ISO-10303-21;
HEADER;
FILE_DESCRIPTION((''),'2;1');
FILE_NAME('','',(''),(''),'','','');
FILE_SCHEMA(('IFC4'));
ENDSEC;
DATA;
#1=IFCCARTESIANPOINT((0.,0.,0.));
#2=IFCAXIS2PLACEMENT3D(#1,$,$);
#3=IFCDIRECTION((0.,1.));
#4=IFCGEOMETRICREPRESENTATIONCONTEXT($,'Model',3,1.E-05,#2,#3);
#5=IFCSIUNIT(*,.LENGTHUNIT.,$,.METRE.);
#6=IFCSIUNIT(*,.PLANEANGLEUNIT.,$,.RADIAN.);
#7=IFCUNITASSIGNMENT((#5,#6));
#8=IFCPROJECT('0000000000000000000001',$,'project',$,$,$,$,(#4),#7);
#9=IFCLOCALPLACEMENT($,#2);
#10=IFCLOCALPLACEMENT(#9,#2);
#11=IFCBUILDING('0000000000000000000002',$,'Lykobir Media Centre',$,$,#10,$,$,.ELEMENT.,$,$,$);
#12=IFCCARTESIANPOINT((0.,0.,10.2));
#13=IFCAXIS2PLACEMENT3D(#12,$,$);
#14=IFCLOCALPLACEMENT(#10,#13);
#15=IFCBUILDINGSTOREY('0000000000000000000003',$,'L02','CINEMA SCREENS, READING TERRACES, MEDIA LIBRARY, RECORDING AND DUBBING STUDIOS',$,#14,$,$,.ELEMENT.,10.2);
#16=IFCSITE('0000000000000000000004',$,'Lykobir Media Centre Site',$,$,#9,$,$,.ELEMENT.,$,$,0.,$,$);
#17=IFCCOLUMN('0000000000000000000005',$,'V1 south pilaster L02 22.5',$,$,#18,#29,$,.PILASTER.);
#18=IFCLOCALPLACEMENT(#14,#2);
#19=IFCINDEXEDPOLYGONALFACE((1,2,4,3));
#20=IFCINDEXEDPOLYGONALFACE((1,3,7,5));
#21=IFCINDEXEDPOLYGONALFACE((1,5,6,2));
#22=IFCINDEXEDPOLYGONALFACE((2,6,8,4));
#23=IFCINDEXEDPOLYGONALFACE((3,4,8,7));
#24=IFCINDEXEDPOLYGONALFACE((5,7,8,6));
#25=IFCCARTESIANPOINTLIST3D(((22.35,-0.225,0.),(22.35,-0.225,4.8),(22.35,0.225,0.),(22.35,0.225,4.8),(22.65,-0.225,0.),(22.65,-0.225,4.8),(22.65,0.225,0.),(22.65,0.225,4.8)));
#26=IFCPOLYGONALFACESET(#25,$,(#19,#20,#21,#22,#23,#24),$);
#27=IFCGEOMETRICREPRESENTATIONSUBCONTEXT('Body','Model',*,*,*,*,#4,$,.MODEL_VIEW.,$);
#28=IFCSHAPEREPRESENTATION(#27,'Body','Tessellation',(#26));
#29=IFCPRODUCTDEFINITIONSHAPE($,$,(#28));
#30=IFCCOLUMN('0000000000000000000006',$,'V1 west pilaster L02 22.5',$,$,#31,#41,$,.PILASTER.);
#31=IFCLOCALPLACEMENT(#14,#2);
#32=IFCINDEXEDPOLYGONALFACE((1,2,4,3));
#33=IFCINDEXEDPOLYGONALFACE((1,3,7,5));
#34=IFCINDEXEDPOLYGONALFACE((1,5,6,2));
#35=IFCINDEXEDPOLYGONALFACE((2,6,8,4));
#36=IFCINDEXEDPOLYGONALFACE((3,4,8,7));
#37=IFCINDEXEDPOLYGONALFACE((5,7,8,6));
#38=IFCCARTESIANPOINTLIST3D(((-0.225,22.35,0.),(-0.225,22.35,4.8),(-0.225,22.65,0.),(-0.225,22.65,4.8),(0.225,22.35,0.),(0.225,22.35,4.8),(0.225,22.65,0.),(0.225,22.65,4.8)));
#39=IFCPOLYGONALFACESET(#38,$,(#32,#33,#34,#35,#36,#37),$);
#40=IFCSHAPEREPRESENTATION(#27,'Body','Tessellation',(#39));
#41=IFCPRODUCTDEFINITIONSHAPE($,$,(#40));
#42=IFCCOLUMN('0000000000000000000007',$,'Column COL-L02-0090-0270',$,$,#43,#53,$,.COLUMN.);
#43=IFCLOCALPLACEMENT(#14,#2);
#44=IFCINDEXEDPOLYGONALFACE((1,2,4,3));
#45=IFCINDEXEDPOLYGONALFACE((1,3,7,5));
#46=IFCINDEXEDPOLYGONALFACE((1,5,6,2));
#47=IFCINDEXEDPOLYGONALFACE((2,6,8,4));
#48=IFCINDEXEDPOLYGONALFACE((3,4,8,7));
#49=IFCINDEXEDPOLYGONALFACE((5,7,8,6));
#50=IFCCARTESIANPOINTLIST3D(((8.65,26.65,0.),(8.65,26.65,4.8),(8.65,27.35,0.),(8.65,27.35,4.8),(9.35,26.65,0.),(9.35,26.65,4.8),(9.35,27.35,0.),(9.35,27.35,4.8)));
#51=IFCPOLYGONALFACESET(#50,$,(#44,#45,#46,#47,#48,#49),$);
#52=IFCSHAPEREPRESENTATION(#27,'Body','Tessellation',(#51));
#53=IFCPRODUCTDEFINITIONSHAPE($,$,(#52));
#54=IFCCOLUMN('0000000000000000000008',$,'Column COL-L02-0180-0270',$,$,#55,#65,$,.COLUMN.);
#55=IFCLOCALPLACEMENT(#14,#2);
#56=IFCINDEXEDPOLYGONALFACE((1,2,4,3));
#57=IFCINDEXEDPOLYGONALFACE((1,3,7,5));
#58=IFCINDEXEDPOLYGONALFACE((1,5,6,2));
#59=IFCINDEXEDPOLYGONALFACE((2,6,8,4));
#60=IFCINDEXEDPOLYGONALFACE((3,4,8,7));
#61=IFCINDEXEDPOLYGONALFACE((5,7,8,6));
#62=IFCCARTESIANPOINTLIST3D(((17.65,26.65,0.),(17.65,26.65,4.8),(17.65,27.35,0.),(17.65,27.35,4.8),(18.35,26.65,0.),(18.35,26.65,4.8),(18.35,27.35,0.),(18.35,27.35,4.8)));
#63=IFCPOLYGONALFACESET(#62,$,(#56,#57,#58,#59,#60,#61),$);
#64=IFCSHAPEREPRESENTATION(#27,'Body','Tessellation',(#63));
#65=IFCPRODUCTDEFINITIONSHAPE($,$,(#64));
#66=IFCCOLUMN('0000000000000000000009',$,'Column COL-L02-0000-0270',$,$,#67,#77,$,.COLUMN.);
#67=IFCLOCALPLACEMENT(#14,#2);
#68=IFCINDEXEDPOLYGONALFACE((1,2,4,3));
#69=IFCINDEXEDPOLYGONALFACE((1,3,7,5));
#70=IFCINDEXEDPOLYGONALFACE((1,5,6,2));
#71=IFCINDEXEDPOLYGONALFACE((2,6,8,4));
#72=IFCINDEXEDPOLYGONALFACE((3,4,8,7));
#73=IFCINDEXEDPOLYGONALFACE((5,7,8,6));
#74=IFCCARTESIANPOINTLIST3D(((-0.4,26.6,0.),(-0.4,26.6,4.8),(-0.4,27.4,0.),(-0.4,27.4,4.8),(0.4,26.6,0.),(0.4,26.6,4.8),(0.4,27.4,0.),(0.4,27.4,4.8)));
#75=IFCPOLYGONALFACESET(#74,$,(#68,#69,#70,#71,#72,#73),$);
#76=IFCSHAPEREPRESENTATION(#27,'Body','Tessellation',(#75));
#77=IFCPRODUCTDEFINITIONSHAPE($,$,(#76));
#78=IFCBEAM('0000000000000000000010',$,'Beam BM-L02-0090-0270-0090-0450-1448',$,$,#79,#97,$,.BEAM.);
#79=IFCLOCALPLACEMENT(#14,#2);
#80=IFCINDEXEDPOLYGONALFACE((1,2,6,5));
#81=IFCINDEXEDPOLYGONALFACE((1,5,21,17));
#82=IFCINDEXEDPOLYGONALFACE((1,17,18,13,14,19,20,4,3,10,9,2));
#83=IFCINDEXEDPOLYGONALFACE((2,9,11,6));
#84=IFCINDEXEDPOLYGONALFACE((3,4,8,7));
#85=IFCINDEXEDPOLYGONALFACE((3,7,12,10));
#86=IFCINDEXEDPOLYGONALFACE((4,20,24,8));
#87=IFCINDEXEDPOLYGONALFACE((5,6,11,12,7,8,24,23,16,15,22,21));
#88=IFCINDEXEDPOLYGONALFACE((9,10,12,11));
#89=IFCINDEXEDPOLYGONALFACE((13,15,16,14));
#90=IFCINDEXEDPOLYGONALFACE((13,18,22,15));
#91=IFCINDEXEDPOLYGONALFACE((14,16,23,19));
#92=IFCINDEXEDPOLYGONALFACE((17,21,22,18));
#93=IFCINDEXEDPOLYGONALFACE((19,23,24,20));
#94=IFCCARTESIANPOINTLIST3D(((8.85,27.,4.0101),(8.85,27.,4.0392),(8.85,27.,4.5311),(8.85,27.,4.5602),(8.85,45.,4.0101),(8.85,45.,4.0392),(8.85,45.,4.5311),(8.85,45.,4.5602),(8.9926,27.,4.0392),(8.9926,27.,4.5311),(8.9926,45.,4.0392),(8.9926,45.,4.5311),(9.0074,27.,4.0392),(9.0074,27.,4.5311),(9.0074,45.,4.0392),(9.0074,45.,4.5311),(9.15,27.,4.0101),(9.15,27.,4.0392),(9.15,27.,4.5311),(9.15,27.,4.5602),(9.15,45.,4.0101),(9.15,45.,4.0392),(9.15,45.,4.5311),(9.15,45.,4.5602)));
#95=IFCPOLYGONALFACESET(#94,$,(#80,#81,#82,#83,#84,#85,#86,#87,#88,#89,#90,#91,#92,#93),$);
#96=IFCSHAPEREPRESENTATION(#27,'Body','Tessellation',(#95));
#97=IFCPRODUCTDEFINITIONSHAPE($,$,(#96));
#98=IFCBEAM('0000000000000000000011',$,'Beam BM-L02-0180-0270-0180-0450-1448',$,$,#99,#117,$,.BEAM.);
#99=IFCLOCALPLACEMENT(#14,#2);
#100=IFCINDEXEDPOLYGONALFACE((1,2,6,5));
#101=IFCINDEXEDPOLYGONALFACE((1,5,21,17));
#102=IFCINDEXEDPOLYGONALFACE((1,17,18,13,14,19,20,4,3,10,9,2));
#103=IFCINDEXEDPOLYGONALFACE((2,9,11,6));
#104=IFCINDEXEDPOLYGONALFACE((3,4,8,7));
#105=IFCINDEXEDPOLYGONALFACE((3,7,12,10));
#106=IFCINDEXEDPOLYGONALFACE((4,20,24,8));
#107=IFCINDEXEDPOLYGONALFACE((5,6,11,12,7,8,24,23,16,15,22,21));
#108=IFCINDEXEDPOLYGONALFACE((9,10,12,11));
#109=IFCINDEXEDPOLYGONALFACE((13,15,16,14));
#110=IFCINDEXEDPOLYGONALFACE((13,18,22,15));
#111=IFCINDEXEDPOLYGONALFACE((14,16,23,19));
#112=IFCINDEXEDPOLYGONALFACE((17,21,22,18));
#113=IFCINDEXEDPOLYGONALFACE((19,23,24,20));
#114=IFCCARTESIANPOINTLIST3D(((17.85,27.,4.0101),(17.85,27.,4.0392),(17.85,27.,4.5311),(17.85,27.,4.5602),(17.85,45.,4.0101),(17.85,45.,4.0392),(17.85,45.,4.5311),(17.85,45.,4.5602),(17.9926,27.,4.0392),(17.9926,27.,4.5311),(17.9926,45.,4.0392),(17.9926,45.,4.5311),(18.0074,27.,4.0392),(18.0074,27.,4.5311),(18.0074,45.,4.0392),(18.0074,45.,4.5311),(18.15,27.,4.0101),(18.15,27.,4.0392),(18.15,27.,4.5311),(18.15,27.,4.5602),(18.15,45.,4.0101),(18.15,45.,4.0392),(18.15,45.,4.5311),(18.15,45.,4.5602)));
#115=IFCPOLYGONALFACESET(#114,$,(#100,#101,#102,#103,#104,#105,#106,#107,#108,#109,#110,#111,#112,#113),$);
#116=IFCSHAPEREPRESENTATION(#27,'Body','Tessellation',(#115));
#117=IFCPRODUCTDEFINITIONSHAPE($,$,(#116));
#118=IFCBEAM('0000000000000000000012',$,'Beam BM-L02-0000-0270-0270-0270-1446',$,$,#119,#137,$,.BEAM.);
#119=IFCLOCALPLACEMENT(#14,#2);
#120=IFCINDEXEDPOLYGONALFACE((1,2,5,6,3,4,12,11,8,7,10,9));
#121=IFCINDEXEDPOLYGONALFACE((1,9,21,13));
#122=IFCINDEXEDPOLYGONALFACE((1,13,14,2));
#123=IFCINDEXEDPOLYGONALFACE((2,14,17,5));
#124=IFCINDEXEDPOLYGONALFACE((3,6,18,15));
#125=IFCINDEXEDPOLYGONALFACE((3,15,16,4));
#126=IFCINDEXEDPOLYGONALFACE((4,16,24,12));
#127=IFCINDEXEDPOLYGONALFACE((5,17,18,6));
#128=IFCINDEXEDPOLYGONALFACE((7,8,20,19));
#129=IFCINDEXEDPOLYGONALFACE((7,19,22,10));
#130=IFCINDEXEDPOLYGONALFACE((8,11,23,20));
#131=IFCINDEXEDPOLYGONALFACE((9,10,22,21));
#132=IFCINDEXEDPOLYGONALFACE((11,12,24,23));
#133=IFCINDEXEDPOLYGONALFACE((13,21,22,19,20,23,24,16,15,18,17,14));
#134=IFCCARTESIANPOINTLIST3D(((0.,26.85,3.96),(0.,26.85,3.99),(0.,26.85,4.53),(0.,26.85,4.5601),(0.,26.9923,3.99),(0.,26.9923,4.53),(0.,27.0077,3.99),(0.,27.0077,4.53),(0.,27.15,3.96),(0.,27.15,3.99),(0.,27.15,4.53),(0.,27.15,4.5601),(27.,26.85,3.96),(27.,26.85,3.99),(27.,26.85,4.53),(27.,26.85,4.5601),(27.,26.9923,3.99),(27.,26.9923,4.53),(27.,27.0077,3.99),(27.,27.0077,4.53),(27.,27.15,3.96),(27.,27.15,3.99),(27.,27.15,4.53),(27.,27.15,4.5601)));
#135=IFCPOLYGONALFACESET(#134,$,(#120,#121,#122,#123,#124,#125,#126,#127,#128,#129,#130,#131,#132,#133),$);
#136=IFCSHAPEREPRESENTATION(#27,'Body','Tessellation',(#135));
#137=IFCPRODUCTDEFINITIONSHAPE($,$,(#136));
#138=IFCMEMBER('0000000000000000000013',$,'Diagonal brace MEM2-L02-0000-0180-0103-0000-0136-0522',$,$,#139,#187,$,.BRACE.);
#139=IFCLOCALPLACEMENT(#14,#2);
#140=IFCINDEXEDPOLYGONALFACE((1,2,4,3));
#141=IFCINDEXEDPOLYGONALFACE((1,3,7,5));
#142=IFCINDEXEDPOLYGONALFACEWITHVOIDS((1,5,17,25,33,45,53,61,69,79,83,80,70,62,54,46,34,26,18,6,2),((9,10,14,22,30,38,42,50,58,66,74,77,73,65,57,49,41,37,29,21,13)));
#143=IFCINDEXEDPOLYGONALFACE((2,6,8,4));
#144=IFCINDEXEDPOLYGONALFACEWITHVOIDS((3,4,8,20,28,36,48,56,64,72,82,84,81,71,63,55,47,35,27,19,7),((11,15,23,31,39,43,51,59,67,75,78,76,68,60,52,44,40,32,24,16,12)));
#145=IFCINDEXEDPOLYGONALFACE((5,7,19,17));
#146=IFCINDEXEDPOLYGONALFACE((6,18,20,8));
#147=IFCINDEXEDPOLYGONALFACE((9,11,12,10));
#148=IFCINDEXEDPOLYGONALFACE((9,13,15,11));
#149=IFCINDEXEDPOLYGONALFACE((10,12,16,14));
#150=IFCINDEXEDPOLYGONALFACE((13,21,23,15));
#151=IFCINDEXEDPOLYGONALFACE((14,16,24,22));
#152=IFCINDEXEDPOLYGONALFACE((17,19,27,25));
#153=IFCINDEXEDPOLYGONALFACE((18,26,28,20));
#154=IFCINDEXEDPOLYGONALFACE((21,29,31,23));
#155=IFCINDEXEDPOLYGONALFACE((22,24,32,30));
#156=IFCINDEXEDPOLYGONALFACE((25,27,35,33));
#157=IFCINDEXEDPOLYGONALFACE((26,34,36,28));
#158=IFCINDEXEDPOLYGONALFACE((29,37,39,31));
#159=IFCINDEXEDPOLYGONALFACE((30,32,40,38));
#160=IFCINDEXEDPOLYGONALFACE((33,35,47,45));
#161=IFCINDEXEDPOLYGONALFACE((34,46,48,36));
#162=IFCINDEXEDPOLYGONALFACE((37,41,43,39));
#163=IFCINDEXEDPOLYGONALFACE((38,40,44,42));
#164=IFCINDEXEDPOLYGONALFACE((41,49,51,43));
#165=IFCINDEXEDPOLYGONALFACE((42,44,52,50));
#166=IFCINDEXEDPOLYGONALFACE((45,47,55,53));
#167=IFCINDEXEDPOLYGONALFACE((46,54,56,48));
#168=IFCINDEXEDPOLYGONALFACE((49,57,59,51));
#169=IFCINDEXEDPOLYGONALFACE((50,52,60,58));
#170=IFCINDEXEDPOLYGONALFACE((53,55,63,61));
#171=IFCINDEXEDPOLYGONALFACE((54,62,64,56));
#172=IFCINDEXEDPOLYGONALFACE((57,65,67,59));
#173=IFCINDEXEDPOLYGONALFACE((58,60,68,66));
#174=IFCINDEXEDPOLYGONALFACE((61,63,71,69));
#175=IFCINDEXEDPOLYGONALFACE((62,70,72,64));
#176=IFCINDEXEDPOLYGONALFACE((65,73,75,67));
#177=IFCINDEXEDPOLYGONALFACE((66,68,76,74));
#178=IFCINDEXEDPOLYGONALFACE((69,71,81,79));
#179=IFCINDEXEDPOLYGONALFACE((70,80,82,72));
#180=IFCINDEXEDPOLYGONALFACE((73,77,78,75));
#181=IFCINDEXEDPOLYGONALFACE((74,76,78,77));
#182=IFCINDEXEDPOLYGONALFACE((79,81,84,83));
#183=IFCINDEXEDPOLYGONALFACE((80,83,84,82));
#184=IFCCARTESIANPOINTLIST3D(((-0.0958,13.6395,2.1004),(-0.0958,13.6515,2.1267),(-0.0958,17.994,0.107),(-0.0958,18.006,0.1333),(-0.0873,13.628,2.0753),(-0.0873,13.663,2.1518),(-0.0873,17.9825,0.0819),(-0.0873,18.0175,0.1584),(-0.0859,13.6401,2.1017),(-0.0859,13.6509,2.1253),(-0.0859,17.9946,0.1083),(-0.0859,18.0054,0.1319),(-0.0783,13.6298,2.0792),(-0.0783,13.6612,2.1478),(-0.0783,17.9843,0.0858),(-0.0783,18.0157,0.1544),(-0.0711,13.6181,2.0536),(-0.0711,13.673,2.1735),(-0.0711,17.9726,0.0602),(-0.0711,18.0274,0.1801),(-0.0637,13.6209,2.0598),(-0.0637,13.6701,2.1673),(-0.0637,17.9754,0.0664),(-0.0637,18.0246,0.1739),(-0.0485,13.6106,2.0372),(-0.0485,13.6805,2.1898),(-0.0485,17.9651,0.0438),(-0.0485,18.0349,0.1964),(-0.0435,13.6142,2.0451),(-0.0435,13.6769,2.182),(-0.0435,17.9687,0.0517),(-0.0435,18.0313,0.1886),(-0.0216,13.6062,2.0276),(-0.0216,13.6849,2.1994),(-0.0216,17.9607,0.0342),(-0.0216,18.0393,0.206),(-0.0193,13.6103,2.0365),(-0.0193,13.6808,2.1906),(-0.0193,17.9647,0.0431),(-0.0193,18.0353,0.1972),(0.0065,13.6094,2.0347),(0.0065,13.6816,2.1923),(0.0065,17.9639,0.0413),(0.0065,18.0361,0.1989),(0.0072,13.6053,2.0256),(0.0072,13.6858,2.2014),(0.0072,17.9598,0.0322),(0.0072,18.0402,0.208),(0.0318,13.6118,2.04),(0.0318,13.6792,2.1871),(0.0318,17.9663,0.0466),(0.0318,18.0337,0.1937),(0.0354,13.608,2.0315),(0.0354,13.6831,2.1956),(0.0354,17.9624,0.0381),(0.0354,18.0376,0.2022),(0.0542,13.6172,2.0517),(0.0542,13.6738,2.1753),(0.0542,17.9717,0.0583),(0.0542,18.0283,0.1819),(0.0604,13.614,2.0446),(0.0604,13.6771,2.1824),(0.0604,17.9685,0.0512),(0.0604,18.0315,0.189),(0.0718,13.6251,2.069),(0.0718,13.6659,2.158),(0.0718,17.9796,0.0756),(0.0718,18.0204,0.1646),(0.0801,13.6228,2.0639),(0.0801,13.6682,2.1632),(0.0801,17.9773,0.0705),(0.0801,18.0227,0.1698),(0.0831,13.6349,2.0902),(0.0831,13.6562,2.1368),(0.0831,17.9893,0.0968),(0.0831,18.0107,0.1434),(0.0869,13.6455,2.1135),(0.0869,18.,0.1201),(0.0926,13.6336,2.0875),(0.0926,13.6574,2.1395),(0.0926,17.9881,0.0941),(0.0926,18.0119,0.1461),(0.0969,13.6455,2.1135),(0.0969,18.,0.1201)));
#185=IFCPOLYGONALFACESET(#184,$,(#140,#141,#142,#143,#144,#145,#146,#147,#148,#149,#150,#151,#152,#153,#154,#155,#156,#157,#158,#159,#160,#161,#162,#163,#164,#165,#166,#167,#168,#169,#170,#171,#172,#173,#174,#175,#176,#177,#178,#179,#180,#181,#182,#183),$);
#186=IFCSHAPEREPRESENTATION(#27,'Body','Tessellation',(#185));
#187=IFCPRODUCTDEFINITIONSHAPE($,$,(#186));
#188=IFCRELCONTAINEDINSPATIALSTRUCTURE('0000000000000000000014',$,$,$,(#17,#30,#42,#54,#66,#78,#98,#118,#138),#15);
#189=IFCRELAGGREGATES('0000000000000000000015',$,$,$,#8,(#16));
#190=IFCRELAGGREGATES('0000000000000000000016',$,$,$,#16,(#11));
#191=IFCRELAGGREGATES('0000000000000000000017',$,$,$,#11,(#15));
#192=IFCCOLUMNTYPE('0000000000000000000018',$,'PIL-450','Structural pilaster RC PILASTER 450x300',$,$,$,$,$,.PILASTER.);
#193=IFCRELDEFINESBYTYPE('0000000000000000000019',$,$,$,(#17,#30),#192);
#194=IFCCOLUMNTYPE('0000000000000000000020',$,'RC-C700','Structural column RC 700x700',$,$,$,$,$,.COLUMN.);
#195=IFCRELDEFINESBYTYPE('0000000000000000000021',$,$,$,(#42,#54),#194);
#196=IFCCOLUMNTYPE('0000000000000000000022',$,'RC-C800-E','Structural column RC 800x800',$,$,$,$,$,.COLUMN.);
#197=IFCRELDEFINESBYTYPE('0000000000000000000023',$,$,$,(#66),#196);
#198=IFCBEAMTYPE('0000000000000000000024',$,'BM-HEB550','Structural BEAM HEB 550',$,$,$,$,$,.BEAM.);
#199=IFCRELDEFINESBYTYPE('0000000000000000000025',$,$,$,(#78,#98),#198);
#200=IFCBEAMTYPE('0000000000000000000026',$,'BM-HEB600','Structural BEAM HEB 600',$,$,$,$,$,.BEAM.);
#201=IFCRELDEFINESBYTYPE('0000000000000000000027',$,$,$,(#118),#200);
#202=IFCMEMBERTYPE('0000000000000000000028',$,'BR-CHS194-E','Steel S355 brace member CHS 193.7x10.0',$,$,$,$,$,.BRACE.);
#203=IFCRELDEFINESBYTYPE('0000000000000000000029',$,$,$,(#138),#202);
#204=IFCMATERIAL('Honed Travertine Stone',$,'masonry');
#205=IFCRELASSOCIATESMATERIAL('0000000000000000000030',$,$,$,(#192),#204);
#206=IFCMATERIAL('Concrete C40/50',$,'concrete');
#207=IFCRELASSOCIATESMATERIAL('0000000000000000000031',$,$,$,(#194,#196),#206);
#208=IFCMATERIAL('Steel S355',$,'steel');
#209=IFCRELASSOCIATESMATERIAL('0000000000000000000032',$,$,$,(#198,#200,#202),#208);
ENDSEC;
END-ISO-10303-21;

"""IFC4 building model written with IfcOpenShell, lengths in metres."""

from ifc_helpers import new_model, si_unit, direction, frame, origin, origin_2d, place, context, subcontext, project, spatial, rectangle, hollow_circle, i_section, extrude, material, material_profile, profile_set, type_object, element, save


model = new_model("IFC4")

# Units and contexts
model_context = context("Model", 3, precision=1e-05, world=origin(), true_north=direction((0.0, 1.0)))
body_context = subcontext(model_context, "Body", "Model", "MODEL_VIEW")
ifc_project = project(units=[si_unit("LENGTHUNIT", "METRE"), si_unit("PLANEANGLEUNIT", "RADIAN")], contexts=[model_context])

# Site, building, storey
site_placement = place(None, origin())
site = spatial("IfcSite", under=ifc_project, at=site_placement, Name="Lykobir Media Centre Site", CompositionType="ELEMENT", RefElevation=0.0)
building_placement = place(site_placement, origin())
building = spatial("IfcBuilding", under=site, at=building_placement, Name="Lykobir Media Centre", CompositionType="ELEMENT")
storey_placement = place(building_placement, frame((0.0, 0.0, 10.2)))
storey = spatial("IfcBuildingStorey", under=building, at=storey_placement, Name="L02", Description="CINEMA SCREENS, READING TERRACES, MEDIA LIBRARY, RECORDING AND DUBBING STUDIOS", CompositionType="ELEMENT", Elevation=10.2)

# Columns
ifc_material_1 = material(Name="Honed Travertine Stone", Category="masonry")
ifc_material_profile_1 = material_profile(ifc_material_1, rectangle(XDim=0.3, YDim=0.45, at=origin_2d()), Name="RC PILASTER 450x300")
ifc_profile_set_1 = profile_set([ifc_material_profile_1], Name="Honed Travertine Stone")
column_type_1 = type_object("IfcColumnType", Name="PIL-450", Description="Structural pilaster RC PILASTER 450x300", PredefinedType="PILASTER", material=ifc_profile_set_1)
for number, where, z_axis, x_axis, name in (
    (1, (22.5, 0.0, 0.0), (0.0, 0.0, 1.0), (1.0, 0.0, 0.0), "V1 south pilaster L02 22.5"),
    (2, (0.0, 22.5, 0.0), (0.0, 0.0, 1.0), (0.0, 1.0, 0.0), "V1 west pilaster L02 22.5"),
):
    element("IfcColumn", number, at=place(storey_placement, frame(where, z_axis=z_axis, x_axis=x_axis)), inside=storey, type_object=column_type_1, Name=name, PredefinedType="PILASTER", context=body_context, shape_type="SweptSolid", body=[
        extrude(rectangle(XDim=0.3, YDim=0.45, at=origin_2d()), origin(), (0.0, 0.0, 1.0), 4.8),
    ])
ifc_material_2 = material(Name="Concrete C40/50", Category="concrete")
ifc_material_profile_2 = material_profile(ifc_material_2, rectangle(XDim=0.7, YDim=0.7, at=origin_2d()), Name="RC 700x700")
ifc_profile_set_2 = profile_set([ifc_material_profile_2], Name="Concrete C40/50")
column_type_2 = type_object("IfcColumnType", Name="RC-C700", Description="Structural column RC 700x700", PredefinedType="COLUMN", material=ifc_profile_set_2)
for number, where, z_axis, x_axis, name in (
    (3, (9.0, 27.0, 0.0), (0.0, 0.0, 1.0), (1.0, 0.0, 0.0), "Column COL-L02-0090-0270"),
    (4, (18.0, 27.0, 0.0), (0.0, 0.0, 1.0), (1.0, 0.0, 0.0), "Column COL-L02-0180-0270"),
):
    element("IfcColumn", number, at=place(storey_placement, frame(where, z_axis=z_axis, x_axis=x_axis)), inside=storey, type_object=column_type_2, Name=name, PredefinedType="COLUMN", context=body_context, shape_type="SweptSolid", body=[
        extrude(rectangle(XDim=0.7, YDim=0.7, at=origin_2d()), origin(), (0.0, 0.0, 1.0), 4.8),
    ])
ifc_material_profile_3 = material_profile(ifc_material_2, rectangle(XDim=0.8, YDim=0.8, at=origin_2d()), Name="RC 800x800")
ifc_profile_set_3 = profile_set([ifc_material_profile_3], Name="Concrete C40/50")
column_type_3 = type_object("IfcColumnType", Name="RC-C800-E", Description="Structural column RC 800x800", PredefinedType="COLUMN", material=ifc_profile_set_3)
column_placement = place(storey_placement, frame((0.0, 27.0, 0.0), z_axis=(0.0, 0.0, 1.0), x_axis=(1.0, 0.0, 0.0)))
element("IfcColumn", 5, at=column_placement, inside=storey, type_object=column_type_3, Name="Column COL-L02-0000-0270", PredefinedType="COLUMN", context=body_context, shape_type="SweptSolid", body=[
    extrude(rectangle(XDim=0.8, YDim=0.8, at=origin_2d()), origin(), (0.0, 0.0, 1.0), 4.8),
])

# Beams
ifc_material_3 = material(Name="Steel S355", Category="steel")
ifc_material_profile_4 = material_profile(ifc_material_3, i_section(OverallWidth=0.3, OverallDepth=0.55, WebThickness=0.0149, FlangeThickness=0.0291, at=origin_2d()), Name="HEB 550")
ifc_profile_set_4 = profile_set([ifc_material_profile_4], Name="Steel S355")
beam_type_1 = type_object("IfcBeamType", Name="BM-HEB550", Description="Structural BEAM HEB 550", PredefinedType="BEAM", material=ifc_profile_set_4)
for number, where, z_axis, x_axis, name in (
    (6, (9.0, 27.0, 4.2852), (0.0, 1.0, 0.0), (-1.0, 0.0, 0.0), "Beam BM-L02-0090-0270-0090-0450-1448"),
    (7, (18.0, 27.0, 4.2852), (0.0, 1.0, 0.0), (-1.0, 0.0, 0.0), "Beam BM-L02-0180-0270-0180-0450-1448"),
):
    element("IfcBeam", number, at=place(storey_placement, frame(where, z_axis=z_axis, x_axis=x_axis)), inside=storey, type_object=beam_type_1, Name=name, PredefinedType="BEAM", context=body_context, shape_type="SweptSolid", body=[
        extrude(i_section(OverallWidth=0.3, OverallDepth=0.55, WebThickness=0.0149, FlangeThickness=0.0291, at=origin_2d()), origin(), (0.0, 0.0, 1.0), 18.0),
    ])
ifc_material_profile_5 = material_profile(ifc_material_3, i_section(OverallWidth=0.3, OverallDepth=0.6001, WebThickness=0.0154, FlangeThickness=0.03, at=origin_2d()), Name="HEB 600")
ifc_profile_set_5 = profile_set([ifc_material_profile_5], Name="Steel S355")
beam_type_2 = type_object("IfcBeamType", Name="BM-HEB600", Description="Structural BEAM HEB 600", PredefinedType="BEAM", material=ifc_profile_set_5)
beam_placement = place(storey_placement, frame((0.0, 27.0, 4.26), z_axis=(1.0, 0.0, 0.0), x_axis=(0.0, 1.0, 0.0)))
element("IfcBeam", 8, at=beam_placement, inside=storey, type_object=beam_type_2, Name="Beam BM-L02-0000-0270-0270-0270-1446", PredefinedType="BEAM", context=body_context, shape_type="SweptSolid", body=[
    extrude(i_section(OverallWidth=0.3, OverallDepth=0.6001, WebThickness=0.0154, FlangeThickness=0.03, at=origin_2d()), origin(), (0.0, 0.0, 1.0), 27.0),
])

# Member
ifc_material_profile_6 = material_profile(ifc_material_3, hollow_circle(Radius=0.0969, WallThickness=0.01, at=origin_2d()), Name="CHS 193.7x10.0")
ifc_profile_set_6 = profile_set([ifc_material_profile_6], Name="Steel S355")
member_type_1 = type_object("IfcMemberType", Name="BR-CHS194-E", Description="Steel S355 brace member CHS 193.7x10.0", PredefinedType="BRACE", material=ifc_profile_set_6)
for number, where, z_axis, x_axis, name in (
    (9, (0.0, 18.0, 0.1201), (0.0, -0.909255, 0.41624), (1.0, 0.0, 0.0), "Diagonal brace MEM2-L02-0000-0180-0103-0000-0136-0522"),
):
    element("IfcMember", number, at=place(storey_placement, frame(where, z_axis=z_axis, x_axis=x_axis)), inside=storey, type_object=member_type_1, Name=name, PredefinedType="BRACE", context=body_context, shape_type="SweptSolid", body=[
        extrude(hollow_circle(Radius=0.0969, WallThickness=0.01, at=origin_2d()), origin(), (0.0, 0.0, 1.0), 4.7891),
    ])

save(model, "model.ifc")
